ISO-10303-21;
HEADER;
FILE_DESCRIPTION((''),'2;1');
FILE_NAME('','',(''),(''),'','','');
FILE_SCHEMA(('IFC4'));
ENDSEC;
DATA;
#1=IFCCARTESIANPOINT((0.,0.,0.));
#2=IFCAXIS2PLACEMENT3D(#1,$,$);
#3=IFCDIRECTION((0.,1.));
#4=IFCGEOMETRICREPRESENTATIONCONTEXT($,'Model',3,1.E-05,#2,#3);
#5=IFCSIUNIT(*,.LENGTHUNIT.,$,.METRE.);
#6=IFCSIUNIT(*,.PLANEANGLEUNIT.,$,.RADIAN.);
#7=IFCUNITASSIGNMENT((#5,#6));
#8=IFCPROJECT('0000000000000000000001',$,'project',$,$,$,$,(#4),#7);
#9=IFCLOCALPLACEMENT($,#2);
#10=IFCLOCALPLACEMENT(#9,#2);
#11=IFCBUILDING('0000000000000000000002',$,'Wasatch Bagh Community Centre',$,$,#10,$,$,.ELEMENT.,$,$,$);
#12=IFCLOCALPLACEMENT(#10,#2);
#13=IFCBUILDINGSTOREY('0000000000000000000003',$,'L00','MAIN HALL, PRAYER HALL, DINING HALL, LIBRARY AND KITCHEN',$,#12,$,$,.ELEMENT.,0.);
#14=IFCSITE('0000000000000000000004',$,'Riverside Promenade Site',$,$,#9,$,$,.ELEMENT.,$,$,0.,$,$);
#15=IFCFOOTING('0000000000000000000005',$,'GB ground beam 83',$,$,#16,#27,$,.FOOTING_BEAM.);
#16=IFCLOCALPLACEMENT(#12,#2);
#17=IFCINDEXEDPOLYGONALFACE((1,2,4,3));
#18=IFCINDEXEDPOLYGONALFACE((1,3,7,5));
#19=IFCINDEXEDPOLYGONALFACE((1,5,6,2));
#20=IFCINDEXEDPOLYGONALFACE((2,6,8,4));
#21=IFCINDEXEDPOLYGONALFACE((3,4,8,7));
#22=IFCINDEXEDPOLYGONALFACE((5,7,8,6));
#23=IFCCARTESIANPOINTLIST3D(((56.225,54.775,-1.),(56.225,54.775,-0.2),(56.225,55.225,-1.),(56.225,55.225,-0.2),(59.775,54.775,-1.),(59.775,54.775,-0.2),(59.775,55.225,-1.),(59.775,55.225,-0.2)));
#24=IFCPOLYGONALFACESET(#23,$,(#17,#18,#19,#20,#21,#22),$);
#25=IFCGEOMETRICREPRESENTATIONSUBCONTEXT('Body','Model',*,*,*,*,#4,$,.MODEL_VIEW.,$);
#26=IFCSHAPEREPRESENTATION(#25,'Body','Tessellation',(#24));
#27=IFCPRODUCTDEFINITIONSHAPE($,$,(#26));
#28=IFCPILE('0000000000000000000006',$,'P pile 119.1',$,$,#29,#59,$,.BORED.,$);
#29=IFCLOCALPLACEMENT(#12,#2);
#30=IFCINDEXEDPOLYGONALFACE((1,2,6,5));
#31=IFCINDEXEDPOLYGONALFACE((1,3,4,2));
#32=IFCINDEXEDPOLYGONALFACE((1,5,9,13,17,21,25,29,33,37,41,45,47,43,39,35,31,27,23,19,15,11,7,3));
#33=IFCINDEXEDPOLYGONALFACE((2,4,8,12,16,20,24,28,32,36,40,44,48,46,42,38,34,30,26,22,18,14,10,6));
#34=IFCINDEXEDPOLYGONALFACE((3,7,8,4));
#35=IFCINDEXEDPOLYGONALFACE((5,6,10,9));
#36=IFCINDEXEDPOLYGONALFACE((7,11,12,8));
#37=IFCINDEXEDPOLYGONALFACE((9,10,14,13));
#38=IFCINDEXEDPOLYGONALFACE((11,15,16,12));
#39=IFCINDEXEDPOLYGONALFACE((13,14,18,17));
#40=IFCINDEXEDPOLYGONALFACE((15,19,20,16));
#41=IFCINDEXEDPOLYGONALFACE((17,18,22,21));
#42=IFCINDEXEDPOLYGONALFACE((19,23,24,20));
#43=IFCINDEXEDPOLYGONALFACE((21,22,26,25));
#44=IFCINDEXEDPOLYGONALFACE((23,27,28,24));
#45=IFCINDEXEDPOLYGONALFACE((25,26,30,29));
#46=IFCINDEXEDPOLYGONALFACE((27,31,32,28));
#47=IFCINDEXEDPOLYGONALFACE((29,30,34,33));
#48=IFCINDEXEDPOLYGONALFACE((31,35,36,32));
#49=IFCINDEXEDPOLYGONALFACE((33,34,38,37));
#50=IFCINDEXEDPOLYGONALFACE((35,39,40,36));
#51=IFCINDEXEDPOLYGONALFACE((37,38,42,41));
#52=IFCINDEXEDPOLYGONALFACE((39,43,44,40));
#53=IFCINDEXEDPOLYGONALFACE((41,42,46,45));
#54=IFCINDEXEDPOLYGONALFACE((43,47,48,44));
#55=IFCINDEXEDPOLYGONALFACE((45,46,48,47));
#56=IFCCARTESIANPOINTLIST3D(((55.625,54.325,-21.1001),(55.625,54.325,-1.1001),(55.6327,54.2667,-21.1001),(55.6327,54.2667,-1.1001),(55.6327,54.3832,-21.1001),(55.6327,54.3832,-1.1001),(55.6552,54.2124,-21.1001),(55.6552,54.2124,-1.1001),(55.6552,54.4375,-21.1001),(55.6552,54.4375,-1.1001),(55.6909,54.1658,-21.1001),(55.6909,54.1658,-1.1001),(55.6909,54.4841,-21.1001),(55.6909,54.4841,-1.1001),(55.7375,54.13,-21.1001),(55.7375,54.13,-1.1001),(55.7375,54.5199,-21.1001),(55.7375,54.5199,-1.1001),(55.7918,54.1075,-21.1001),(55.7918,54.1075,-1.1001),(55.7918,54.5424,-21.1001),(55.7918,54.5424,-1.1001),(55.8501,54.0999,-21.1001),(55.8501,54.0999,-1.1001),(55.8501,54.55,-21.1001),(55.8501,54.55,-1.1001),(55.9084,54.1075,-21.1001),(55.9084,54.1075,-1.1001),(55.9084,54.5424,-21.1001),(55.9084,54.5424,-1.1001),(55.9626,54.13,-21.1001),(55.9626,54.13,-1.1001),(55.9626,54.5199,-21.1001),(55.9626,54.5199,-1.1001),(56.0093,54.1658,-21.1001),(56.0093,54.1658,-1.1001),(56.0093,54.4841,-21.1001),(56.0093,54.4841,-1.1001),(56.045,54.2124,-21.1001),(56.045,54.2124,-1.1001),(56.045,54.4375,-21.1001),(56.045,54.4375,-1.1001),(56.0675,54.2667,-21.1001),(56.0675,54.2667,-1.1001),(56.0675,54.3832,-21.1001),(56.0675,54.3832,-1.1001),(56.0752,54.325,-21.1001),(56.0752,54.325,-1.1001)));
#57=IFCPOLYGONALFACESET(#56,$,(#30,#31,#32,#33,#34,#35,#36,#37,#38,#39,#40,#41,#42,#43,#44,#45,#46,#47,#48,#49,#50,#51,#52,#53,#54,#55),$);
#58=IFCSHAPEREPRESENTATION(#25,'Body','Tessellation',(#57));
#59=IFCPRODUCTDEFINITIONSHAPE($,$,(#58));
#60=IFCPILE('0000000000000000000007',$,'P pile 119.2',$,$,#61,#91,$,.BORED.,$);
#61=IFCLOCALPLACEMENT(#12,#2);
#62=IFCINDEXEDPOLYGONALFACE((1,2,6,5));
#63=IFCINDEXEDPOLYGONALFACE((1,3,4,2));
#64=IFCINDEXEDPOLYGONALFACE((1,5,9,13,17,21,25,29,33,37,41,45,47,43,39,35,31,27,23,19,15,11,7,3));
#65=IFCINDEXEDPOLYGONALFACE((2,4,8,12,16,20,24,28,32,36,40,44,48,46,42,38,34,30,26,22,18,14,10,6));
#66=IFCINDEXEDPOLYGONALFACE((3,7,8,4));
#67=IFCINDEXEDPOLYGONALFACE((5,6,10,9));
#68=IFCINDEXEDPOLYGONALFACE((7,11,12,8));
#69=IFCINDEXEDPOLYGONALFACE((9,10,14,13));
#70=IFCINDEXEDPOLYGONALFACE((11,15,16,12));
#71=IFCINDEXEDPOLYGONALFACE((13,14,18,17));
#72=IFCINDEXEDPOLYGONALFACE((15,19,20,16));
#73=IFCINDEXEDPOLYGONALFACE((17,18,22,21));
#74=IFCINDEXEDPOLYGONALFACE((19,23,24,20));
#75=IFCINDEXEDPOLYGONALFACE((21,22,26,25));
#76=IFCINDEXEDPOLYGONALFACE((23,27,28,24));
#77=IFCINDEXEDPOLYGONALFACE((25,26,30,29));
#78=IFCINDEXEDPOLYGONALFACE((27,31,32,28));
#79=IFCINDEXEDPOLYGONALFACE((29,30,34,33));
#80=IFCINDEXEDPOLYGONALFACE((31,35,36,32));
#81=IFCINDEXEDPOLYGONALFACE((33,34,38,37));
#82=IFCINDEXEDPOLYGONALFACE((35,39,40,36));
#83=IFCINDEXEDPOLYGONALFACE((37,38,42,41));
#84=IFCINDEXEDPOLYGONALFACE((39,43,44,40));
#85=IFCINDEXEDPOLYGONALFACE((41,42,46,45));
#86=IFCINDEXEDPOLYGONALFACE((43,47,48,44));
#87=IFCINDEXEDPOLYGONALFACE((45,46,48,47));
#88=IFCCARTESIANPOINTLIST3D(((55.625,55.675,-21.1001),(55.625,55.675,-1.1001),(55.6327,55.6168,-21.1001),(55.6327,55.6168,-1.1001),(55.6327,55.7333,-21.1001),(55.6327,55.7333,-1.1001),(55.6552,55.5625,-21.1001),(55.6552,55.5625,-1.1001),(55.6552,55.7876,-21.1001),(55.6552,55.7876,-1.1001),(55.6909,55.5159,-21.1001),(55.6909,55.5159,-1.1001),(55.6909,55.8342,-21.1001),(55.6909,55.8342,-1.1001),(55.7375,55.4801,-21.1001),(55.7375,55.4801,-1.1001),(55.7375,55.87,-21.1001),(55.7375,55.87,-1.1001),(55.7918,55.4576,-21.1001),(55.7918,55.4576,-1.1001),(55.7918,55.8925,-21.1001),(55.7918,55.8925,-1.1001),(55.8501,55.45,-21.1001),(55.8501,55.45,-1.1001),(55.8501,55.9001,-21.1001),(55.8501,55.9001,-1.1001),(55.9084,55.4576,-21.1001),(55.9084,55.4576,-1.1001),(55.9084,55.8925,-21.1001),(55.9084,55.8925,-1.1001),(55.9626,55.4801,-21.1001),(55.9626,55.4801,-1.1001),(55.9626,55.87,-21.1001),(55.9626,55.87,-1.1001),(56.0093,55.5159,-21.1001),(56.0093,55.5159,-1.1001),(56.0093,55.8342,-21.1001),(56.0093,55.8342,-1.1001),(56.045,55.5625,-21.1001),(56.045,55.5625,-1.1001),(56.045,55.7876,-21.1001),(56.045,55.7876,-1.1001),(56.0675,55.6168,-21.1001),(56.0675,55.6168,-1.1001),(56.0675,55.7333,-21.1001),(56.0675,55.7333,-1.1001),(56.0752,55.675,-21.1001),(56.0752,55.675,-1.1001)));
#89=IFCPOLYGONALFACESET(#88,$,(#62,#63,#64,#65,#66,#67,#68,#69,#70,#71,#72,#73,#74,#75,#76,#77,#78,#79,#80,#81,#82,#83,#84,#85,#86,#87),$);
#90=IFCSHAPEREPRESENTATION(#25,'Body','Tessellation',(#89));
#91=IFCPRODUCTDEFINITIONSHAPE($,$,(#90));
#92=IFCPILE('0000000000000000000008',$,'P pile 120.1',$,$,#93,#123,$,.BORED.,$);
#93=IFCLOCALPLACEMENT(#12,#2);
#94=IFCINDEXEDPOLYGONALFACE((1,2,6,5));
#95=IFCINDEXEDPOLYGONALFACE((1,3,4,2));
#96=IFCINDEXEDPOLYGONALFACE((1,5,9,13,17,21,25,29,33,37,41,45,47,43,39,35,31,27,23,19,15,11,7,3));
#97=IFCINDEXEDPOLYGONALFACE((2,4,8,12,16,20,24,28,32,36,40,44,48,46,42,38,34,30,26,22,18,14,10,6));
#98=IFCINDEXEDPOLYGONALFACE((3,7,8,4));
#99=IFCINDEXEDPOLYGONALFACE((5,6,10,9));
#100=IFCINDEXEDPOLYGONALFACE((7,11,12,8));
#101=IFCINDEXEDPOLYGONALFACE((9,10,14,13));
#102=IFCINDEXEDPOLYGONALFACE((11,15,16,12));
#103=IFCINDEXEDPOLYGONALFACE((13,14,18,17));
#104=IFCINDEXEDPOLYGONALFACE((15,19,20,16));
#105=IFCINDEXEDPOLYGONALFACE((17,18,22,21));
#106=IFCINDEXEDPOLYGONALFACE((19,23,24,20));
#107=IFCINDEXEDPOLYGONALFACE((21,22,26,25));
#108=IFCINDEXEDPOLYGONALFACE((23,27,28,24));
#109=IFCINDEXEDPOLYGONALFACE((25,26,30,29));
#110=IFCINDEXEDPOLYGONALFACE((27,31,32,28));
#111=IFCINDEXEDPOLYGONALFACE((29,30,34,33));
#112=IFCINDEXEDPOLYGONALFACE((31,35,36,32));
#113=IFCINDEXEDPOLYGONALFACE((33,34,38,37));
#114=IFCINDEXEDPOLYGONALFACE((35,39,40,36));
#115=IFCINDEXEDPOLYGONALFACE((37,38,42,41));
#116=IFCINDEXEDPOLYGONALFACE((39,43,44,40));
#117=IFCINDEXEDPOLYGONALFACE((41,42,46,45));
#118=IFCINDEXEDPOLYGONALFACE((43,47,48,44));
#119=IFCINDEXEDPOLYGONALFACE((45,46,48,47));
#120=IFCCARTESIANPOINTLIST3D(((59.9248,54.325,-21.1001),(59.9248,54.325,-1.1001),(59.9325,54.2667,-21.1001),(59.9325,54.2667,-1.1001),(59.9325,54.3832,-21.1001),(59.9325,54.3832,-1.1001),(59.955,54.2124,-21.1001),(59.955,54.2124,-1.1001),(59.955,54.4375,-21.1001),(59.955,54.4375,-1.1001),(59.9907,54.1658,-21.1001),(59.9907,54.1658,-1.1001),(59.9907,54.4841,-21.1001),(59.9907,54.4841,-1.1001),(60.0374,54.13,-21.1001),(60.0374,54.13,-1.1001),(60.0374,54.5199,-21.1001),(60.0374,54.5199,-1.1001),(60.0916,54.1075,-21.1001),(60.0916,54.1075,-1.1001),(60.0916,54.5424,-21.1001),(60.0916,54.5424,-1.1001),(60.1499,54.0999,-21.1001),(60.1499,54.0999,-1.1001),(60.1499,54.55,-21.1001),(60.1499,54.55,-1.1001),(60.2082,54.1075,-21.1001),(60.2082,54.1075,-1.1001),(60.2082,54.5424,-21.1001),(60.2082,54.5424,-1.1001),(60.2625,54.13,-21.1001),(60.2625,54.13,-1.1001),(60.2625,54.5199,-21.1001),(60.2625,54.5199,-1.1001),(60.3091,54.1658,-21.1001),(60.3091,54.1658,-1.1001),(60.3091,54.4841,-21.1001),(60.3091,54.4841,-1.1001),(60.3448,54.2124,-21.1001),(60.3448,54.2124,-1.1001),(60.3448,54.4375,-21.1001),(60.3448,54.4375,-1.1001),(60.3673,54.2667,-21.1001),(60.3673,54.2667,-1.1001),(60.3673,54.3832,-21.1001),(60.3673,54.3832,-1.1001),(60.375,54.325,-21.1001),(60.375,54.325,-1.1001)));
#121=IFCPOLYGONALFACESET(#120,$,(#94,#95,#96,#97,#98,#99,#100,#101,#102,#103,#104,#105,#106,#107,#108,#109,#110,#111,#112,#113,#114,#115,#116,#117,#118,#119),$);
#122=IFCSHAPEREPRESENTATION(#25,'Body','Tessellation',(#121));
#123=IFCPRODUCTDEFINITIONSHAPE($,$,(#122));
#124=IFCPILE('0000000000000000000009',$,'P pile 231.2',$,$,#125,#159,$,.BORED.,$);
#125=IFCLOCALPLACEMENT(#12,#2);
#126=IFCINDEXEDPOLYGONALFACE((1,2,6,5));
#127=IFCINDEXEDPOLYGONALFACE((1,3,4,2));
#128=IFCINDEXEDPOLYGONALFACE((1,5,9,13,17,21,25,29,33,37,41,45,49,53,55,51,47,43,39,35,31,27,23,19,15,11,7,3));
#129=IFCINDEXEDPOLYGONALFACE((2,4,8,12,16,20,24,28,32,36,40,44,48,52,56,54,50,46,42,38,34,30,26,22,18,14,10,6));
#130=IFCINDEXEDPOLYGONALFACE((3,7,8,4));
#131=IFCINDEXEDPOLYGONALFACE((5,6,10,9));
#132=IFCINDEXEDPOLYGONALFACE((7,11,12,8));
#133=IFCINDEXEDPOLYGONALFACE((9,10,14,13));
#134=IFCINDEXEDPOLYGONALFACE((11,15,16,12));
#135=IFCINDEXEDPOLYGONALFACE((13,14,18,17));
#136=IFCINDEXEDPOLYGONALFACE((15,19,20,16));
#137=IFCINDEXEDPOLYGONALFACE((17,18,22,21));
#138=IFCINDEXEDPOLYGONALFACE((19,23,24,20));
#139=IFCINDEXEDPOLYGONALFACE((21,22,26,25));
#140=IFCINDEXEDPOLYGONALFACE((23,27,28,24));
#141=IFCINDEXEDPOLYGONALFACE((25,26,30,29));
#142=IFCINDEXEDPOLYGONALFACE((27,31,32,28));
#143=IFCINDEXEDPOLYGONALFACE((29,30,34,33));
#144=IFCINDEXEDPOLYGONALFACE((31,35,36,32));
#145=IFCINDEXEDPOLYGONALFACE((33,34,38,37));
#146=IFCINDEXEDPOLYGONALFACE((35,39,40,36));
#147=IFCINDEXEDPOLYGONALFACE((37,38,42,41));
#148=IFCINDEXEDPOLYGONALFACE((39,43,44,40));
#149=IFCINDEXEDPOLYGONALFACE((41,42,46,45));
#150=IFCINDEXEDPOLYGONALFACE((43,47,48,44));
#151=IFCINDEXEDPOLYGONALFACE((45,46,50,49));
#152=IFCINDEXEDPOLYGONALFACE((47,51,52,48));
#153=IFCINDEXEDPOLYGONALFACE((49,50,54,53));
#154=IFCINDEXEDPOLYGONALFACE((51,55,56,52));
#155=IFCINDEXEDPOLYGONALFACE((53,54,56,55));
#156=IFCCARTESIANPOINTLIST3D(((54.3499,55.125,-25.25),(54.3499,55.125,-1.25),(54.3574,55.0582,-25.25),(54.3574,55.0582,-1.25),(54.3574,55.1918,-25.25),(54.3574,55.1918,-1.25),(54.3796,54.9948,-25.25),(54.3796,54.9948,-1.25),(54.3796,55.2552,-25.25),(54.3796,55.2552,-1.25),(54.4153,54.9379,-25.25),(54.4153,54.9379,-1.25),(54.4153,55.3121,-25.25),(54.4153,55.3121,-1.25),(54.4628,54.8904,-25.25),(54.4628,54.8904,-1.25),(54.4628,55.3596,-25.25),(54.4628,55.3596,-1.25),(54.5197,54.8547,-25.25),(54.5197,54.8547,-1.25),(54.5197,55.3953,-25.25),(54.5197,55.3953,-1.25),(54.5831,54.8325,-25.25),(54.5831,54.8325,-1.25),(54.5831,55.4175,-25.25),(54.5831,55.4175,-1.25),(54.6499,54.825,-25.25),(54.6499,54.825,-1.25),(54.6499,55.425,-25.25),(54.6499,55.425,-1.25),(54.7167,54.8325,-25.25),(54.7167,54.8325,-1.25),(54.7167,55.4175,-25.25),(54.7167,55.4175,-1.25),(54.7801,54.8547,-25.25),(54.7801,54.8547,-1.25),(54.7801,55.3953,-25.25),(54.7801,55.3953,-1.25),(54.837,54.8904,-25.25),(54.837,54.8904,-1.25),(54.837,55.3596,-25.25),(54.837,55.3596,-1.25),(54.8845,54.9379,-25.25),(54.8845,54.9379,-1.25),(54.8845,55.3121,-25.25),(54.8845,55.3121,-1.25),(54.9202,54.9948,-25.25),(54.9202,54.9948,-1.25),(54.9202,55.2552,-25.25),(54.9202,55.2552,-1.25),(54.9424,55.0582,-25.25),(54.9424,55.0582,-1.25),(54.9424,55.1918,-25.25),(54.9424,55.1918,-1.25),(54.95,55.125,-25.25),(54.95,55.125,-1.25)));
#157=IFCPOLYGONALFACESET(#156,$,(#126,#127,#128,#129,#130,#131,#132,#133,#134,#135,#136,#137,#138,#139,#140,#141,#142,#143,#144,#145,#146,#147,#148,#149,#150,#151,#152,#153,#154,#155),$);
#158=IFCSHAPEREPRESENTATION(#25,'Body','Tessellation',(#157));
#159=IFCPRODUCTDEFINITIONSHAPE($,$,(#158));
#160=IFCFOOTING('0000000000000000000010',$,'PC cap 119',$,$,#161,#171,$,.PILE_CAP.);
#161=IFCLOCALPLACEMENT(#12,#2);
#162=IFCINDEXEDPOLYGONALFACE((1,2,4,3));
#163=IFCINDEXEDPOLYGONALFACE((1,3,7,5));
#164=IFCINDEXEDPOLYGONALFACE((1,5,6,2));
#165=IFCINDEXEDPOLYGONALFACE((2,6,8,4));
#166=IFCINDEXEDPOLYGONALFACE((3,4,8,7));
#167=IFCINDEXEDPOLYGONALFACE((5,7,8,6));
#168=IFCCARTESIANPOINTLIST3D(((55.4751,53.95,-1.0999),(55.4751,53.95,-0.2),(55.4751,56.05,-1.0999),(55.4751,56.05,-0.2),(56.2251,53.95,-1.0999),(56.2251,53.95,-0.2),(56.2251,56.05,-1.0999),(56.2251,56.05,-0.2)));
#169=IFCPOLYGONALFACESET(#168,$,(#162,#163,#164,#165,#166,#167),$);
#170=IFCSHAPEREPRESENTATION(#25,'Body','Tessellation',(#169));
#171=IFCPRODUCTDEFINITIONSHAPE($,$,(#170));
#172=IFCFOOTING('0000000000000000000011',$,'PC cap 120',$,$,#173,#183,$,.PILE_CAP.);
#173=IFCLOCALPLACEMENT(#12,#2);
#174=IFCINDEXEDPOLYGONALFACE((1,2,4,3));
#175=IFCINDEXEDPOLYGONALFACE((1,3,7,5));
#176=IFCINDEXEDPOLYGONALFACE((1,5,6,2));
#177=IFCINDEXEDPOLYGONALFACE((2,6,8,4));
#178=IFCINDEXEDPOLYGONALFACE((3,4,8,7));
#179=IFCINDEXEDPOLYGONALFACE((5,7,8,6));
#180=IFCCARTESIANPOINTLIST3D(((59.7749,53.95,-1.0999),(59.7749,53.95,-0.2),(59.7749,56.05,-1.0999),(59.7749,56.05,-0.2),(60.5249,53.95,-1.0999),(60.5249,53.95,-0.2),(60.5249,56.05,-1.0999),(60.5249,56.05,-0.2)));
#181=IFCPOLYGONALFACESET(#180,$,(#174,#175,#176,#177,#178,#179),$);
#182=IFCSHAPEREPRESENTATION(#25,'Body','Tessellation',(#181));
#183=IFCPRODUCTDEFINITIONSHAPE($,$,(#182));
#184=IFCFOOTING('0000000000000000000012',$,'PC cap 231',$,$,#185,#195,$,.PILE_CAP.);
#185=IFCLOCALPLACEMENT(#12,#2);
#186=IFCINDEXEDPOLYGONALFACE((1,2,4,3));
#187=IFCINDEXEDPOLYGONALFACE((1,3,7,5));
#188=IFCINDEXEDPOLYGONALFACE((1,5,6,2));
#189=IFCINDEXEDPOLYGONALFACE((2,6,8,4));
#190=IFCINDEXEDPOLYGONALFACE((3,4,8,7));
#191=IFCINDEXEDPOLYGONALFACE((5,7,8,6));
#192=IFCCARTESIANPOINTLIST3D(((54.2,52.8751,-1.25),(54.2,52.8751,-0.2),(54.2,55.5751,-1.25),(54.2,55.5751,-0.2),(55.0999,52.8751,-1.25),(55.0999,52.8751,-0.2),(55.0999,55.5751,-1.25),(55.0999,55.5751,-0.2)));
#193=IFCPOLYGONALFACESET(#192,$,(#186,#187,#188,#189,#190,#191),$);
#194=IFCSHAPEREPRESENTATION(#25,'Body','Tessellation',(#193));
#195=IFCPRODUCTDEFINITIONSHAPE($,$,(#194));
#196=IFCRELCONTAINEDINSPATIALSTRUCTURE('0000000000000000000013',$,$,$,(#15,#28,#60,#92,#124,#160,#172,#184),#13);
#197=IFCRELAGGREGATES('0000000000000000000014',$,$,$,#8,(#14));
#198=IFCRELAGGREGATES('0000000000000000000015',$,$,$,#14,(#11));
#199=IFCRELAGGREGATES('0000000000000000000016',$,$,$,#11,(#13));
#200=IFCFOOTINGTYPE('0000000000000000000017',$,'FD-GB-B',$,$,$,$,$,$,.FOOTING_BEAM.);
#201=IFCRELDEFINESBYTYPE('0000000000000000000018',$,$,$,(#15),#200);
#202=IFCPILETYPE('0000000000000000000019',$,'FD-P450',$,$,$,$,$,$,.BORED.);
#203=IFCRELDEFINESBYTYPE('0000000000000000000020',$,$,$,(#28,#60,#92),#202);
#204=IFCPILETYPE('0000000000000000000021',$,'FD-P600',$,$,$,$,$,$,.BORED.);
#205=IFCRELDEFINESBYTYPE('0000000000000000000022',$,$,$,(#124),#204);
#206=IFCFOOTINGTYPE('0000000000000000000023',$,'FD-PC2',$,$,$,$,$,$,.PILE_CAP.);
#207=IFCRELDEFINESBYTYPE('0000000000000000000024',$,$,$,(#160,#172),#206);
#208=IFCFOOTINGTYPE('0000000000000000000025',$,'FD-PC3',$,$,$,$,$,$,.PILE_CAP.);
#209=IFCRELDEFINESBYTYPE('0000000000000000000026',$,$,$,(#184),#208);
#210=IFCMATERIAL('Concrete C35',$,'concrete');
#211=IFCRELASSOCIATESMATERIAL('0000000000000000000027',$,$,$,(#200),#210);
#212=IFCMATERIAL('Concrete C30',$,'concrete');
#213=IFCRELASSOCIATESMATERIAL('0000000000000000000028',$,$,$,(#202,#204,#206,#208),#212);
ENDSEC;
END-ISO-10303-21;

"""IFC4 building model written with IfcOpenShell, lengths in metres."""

from ifc_helpers import new_model, si_unit, direction, frame, origin, origin_2d, place, context, subcontext, project, spatial, rectangle, circle, extrude, material, material_profile, profile_set, type_object, element, save


model = new_model("IFC4")

# Units and contexts
model_context = context("Model", 3, precision=1e-05, world=origin(), true_north=direction((0.0, 1.0)))
body_context = subcontext(model_context, "Body", "Model", "MODEL_VIEW")
ifc_project = project(units=[si_unit("LENGTHUNIT", "METRE"), si_unit("PLANEANGLEUNIT", "RADIAN")], contexts=[model_context])

# Site, building, storey
site_placement = place(None, origin())
site = spatial("IfcSite", under=ifc_project, at=site_placement, Name="Riverside Promenade Site", CompositionType="ELEMENT", RefElevation=0.0)
building_placement = place(site_placement, origin())
building = spatial("IfcBuilding", under=site, at=building_placement, Name="Wasatch Bagh Community Centre", CompositionType="ELEMENT")
storey_placement = place(building_placement, origin())
storey = spatial("IfcBuildingStorey", under=building, at=storey_placement, Name="L00", Description="MAIN HALL, PRAYER HALL, DINING HALL, LIBRARY AND KITCHEN", CompositionType="ELEMENT", Elevation=0.0)

# Footing
ifc_material_1 = material(Name="Concrete C35", Category="concrete")
footing_type_1 = type_object("IfcFootingType", Name="FD-GB-B", PredefinedType="FOOTING_BEAM", material=ifc_material_1)
footing_1_placement = place(storey_placement, frame((58.0, 55.0, -1.0), z_axis=(0.0, 0.0, 1.0), x_axis=(1.0, 0.0, 0.0)))
element("IfcFooting", 1, at=footing_1_placement, inside=storey, type_object=footing_type_1, Name="GB ground beam 83", PredefinedType="FOOTING_BEAM", context=body_context, shape_type="SweptSolid", body=[
    extrude(rectangle(XDim=3.55, YDim=0.45, at=origin_2d()), origin(), (0.0, 0.0, 1.0), 0.8),
])

# Piles
ifc_material_2 = material(Name="Concrete C30", Category="concrete")
ifc_material_profile_1 = material_profile(ifc_material_2, circle(Radius=0.2251, at=origin_2d()), Name="RC D450")
ifc_profile_set_1 = profile_set([ifc_material_profile_1], Name="Concrete C30")
pile_type_1 = type_object("IfcPileType", Name="FD-P450", PredefinedType="BORED", material=ifc_profile_set_1)
for number, where, z_axis, x_axis, name in (
    (2, (55.8501, 54.325, -1.1001), (0.0, 0.0, -1.0), (1.0, 0.0, 0.0), "P pile 119.1"),
    (3, (55.8501, 55.675, -1.1001), (0.0, 0.0, -1.0), (1.0, 0.0, 0.0), "P pile 119.2"),
    (4, (60.1499, 54.325, -1.1001), (0.0, 0.0, -1.0), (1.0, 0.0, 0.0), "P pile 120.1"),
):
    element("IfcPile", number, at=place(storey_placement, frame(where, z_axis=z_axis, x_axis=x_axis)), inside=storey, type_object=pile_type_1, Name=name, PredefinedType="BORED", context=body_context, shape_type="SweptSolid", body=[
        extrude(circle(Radius=0.2251, at=origin_2d()), origin(), (0.0, 0.0, 1.0), 20.0),
    ])
ifc_material_profile_2 = material_profile(ifc_material_2, circle(Radius=0.3, at=origin_2d()), Name="RC D600")
ifc_profile_set_2 = profile_set([ifc_material_profile_2], Name="Concrete C30")
pile_type_2 = type_object("IfcPileType", Name="FD-P600", PredefinedType="BORED", material=ifc_profile_set_2)
pile_placement = place(storey_placement, frame((54.6499, 55.125, -1.25), z_axis=(0.0, 0.0, -1.0), x_axis=(1.0, 0.0, 0.0)))
element("IfcPile", 5, at=pile_placement, inside=storey, type_object=pile_type_2, Name="P pile 231.2", PredefinedType="BORED", context=body_context, shape_type="SweptSolid", body=[
    extrude(circle(Radius=0.3, at=origin_2d()), origin(), (0.0, 0.0, 1.0), 24.0),
])

# Footings
footing_type_2 = type_object("IfcFootingType", Name="FD-PC2", PredefinedType="PILE_CAP", material=ifc_material_2)
for number, where, z_axis, x_axis, name in (
    (6, (55.8501, 55.0, -1.0999), (0.0, 0.0, 1.0), (0.0, 1.0, 0.0), "PC cap 119"),
    (7, (60.1499, 55.0, -1.0999), (0.0, 0.0, 1.0), (0.0, 1.0, 0.0), "PC cap 120"),
):
    element("IfcFooting", number, at=place(storey_placement, frame(where, z_axis=z_axis, x_axis=x_axis)), inside=storey, type_object=footing_type_2, Name=name, PredefinedType="PILE_CAP", context=body_context, shape_type="SweptSolid", body=[
        extrude(rectangle(XDim=2.1001, YDim=0.75, at=origin_2d()), origin(), (0.0, 0.0, 1.0), 0.8999),
    ])
footing_type_3 = type_object("IfcFootingType", Name="FD-PC3", PredefinedType="PILE_CAP", material=ifc_material_2)
footing_2_placement = place(storey_placement, frame((54.6499, 54.2251, -1.25), z_axis=(0.0, 0.0, 1.0), x_axis=(0.0, 1.0, 0.0)))
element("IfcFooting", 8, at=footing_2_placement, inside=storey, type_object=footing_type_3, Name="PC cap 231", PredefinedType="PILE_CAP", context=body_context, shape_type="SweptSolid", body=[
    extrude(rectangle(XDim=2.7, YDim=0.8999, at=origin_2d()), origin(), (0.0, 0.0, 1.0), 1.05),
])

save(model, "model.ifc")
